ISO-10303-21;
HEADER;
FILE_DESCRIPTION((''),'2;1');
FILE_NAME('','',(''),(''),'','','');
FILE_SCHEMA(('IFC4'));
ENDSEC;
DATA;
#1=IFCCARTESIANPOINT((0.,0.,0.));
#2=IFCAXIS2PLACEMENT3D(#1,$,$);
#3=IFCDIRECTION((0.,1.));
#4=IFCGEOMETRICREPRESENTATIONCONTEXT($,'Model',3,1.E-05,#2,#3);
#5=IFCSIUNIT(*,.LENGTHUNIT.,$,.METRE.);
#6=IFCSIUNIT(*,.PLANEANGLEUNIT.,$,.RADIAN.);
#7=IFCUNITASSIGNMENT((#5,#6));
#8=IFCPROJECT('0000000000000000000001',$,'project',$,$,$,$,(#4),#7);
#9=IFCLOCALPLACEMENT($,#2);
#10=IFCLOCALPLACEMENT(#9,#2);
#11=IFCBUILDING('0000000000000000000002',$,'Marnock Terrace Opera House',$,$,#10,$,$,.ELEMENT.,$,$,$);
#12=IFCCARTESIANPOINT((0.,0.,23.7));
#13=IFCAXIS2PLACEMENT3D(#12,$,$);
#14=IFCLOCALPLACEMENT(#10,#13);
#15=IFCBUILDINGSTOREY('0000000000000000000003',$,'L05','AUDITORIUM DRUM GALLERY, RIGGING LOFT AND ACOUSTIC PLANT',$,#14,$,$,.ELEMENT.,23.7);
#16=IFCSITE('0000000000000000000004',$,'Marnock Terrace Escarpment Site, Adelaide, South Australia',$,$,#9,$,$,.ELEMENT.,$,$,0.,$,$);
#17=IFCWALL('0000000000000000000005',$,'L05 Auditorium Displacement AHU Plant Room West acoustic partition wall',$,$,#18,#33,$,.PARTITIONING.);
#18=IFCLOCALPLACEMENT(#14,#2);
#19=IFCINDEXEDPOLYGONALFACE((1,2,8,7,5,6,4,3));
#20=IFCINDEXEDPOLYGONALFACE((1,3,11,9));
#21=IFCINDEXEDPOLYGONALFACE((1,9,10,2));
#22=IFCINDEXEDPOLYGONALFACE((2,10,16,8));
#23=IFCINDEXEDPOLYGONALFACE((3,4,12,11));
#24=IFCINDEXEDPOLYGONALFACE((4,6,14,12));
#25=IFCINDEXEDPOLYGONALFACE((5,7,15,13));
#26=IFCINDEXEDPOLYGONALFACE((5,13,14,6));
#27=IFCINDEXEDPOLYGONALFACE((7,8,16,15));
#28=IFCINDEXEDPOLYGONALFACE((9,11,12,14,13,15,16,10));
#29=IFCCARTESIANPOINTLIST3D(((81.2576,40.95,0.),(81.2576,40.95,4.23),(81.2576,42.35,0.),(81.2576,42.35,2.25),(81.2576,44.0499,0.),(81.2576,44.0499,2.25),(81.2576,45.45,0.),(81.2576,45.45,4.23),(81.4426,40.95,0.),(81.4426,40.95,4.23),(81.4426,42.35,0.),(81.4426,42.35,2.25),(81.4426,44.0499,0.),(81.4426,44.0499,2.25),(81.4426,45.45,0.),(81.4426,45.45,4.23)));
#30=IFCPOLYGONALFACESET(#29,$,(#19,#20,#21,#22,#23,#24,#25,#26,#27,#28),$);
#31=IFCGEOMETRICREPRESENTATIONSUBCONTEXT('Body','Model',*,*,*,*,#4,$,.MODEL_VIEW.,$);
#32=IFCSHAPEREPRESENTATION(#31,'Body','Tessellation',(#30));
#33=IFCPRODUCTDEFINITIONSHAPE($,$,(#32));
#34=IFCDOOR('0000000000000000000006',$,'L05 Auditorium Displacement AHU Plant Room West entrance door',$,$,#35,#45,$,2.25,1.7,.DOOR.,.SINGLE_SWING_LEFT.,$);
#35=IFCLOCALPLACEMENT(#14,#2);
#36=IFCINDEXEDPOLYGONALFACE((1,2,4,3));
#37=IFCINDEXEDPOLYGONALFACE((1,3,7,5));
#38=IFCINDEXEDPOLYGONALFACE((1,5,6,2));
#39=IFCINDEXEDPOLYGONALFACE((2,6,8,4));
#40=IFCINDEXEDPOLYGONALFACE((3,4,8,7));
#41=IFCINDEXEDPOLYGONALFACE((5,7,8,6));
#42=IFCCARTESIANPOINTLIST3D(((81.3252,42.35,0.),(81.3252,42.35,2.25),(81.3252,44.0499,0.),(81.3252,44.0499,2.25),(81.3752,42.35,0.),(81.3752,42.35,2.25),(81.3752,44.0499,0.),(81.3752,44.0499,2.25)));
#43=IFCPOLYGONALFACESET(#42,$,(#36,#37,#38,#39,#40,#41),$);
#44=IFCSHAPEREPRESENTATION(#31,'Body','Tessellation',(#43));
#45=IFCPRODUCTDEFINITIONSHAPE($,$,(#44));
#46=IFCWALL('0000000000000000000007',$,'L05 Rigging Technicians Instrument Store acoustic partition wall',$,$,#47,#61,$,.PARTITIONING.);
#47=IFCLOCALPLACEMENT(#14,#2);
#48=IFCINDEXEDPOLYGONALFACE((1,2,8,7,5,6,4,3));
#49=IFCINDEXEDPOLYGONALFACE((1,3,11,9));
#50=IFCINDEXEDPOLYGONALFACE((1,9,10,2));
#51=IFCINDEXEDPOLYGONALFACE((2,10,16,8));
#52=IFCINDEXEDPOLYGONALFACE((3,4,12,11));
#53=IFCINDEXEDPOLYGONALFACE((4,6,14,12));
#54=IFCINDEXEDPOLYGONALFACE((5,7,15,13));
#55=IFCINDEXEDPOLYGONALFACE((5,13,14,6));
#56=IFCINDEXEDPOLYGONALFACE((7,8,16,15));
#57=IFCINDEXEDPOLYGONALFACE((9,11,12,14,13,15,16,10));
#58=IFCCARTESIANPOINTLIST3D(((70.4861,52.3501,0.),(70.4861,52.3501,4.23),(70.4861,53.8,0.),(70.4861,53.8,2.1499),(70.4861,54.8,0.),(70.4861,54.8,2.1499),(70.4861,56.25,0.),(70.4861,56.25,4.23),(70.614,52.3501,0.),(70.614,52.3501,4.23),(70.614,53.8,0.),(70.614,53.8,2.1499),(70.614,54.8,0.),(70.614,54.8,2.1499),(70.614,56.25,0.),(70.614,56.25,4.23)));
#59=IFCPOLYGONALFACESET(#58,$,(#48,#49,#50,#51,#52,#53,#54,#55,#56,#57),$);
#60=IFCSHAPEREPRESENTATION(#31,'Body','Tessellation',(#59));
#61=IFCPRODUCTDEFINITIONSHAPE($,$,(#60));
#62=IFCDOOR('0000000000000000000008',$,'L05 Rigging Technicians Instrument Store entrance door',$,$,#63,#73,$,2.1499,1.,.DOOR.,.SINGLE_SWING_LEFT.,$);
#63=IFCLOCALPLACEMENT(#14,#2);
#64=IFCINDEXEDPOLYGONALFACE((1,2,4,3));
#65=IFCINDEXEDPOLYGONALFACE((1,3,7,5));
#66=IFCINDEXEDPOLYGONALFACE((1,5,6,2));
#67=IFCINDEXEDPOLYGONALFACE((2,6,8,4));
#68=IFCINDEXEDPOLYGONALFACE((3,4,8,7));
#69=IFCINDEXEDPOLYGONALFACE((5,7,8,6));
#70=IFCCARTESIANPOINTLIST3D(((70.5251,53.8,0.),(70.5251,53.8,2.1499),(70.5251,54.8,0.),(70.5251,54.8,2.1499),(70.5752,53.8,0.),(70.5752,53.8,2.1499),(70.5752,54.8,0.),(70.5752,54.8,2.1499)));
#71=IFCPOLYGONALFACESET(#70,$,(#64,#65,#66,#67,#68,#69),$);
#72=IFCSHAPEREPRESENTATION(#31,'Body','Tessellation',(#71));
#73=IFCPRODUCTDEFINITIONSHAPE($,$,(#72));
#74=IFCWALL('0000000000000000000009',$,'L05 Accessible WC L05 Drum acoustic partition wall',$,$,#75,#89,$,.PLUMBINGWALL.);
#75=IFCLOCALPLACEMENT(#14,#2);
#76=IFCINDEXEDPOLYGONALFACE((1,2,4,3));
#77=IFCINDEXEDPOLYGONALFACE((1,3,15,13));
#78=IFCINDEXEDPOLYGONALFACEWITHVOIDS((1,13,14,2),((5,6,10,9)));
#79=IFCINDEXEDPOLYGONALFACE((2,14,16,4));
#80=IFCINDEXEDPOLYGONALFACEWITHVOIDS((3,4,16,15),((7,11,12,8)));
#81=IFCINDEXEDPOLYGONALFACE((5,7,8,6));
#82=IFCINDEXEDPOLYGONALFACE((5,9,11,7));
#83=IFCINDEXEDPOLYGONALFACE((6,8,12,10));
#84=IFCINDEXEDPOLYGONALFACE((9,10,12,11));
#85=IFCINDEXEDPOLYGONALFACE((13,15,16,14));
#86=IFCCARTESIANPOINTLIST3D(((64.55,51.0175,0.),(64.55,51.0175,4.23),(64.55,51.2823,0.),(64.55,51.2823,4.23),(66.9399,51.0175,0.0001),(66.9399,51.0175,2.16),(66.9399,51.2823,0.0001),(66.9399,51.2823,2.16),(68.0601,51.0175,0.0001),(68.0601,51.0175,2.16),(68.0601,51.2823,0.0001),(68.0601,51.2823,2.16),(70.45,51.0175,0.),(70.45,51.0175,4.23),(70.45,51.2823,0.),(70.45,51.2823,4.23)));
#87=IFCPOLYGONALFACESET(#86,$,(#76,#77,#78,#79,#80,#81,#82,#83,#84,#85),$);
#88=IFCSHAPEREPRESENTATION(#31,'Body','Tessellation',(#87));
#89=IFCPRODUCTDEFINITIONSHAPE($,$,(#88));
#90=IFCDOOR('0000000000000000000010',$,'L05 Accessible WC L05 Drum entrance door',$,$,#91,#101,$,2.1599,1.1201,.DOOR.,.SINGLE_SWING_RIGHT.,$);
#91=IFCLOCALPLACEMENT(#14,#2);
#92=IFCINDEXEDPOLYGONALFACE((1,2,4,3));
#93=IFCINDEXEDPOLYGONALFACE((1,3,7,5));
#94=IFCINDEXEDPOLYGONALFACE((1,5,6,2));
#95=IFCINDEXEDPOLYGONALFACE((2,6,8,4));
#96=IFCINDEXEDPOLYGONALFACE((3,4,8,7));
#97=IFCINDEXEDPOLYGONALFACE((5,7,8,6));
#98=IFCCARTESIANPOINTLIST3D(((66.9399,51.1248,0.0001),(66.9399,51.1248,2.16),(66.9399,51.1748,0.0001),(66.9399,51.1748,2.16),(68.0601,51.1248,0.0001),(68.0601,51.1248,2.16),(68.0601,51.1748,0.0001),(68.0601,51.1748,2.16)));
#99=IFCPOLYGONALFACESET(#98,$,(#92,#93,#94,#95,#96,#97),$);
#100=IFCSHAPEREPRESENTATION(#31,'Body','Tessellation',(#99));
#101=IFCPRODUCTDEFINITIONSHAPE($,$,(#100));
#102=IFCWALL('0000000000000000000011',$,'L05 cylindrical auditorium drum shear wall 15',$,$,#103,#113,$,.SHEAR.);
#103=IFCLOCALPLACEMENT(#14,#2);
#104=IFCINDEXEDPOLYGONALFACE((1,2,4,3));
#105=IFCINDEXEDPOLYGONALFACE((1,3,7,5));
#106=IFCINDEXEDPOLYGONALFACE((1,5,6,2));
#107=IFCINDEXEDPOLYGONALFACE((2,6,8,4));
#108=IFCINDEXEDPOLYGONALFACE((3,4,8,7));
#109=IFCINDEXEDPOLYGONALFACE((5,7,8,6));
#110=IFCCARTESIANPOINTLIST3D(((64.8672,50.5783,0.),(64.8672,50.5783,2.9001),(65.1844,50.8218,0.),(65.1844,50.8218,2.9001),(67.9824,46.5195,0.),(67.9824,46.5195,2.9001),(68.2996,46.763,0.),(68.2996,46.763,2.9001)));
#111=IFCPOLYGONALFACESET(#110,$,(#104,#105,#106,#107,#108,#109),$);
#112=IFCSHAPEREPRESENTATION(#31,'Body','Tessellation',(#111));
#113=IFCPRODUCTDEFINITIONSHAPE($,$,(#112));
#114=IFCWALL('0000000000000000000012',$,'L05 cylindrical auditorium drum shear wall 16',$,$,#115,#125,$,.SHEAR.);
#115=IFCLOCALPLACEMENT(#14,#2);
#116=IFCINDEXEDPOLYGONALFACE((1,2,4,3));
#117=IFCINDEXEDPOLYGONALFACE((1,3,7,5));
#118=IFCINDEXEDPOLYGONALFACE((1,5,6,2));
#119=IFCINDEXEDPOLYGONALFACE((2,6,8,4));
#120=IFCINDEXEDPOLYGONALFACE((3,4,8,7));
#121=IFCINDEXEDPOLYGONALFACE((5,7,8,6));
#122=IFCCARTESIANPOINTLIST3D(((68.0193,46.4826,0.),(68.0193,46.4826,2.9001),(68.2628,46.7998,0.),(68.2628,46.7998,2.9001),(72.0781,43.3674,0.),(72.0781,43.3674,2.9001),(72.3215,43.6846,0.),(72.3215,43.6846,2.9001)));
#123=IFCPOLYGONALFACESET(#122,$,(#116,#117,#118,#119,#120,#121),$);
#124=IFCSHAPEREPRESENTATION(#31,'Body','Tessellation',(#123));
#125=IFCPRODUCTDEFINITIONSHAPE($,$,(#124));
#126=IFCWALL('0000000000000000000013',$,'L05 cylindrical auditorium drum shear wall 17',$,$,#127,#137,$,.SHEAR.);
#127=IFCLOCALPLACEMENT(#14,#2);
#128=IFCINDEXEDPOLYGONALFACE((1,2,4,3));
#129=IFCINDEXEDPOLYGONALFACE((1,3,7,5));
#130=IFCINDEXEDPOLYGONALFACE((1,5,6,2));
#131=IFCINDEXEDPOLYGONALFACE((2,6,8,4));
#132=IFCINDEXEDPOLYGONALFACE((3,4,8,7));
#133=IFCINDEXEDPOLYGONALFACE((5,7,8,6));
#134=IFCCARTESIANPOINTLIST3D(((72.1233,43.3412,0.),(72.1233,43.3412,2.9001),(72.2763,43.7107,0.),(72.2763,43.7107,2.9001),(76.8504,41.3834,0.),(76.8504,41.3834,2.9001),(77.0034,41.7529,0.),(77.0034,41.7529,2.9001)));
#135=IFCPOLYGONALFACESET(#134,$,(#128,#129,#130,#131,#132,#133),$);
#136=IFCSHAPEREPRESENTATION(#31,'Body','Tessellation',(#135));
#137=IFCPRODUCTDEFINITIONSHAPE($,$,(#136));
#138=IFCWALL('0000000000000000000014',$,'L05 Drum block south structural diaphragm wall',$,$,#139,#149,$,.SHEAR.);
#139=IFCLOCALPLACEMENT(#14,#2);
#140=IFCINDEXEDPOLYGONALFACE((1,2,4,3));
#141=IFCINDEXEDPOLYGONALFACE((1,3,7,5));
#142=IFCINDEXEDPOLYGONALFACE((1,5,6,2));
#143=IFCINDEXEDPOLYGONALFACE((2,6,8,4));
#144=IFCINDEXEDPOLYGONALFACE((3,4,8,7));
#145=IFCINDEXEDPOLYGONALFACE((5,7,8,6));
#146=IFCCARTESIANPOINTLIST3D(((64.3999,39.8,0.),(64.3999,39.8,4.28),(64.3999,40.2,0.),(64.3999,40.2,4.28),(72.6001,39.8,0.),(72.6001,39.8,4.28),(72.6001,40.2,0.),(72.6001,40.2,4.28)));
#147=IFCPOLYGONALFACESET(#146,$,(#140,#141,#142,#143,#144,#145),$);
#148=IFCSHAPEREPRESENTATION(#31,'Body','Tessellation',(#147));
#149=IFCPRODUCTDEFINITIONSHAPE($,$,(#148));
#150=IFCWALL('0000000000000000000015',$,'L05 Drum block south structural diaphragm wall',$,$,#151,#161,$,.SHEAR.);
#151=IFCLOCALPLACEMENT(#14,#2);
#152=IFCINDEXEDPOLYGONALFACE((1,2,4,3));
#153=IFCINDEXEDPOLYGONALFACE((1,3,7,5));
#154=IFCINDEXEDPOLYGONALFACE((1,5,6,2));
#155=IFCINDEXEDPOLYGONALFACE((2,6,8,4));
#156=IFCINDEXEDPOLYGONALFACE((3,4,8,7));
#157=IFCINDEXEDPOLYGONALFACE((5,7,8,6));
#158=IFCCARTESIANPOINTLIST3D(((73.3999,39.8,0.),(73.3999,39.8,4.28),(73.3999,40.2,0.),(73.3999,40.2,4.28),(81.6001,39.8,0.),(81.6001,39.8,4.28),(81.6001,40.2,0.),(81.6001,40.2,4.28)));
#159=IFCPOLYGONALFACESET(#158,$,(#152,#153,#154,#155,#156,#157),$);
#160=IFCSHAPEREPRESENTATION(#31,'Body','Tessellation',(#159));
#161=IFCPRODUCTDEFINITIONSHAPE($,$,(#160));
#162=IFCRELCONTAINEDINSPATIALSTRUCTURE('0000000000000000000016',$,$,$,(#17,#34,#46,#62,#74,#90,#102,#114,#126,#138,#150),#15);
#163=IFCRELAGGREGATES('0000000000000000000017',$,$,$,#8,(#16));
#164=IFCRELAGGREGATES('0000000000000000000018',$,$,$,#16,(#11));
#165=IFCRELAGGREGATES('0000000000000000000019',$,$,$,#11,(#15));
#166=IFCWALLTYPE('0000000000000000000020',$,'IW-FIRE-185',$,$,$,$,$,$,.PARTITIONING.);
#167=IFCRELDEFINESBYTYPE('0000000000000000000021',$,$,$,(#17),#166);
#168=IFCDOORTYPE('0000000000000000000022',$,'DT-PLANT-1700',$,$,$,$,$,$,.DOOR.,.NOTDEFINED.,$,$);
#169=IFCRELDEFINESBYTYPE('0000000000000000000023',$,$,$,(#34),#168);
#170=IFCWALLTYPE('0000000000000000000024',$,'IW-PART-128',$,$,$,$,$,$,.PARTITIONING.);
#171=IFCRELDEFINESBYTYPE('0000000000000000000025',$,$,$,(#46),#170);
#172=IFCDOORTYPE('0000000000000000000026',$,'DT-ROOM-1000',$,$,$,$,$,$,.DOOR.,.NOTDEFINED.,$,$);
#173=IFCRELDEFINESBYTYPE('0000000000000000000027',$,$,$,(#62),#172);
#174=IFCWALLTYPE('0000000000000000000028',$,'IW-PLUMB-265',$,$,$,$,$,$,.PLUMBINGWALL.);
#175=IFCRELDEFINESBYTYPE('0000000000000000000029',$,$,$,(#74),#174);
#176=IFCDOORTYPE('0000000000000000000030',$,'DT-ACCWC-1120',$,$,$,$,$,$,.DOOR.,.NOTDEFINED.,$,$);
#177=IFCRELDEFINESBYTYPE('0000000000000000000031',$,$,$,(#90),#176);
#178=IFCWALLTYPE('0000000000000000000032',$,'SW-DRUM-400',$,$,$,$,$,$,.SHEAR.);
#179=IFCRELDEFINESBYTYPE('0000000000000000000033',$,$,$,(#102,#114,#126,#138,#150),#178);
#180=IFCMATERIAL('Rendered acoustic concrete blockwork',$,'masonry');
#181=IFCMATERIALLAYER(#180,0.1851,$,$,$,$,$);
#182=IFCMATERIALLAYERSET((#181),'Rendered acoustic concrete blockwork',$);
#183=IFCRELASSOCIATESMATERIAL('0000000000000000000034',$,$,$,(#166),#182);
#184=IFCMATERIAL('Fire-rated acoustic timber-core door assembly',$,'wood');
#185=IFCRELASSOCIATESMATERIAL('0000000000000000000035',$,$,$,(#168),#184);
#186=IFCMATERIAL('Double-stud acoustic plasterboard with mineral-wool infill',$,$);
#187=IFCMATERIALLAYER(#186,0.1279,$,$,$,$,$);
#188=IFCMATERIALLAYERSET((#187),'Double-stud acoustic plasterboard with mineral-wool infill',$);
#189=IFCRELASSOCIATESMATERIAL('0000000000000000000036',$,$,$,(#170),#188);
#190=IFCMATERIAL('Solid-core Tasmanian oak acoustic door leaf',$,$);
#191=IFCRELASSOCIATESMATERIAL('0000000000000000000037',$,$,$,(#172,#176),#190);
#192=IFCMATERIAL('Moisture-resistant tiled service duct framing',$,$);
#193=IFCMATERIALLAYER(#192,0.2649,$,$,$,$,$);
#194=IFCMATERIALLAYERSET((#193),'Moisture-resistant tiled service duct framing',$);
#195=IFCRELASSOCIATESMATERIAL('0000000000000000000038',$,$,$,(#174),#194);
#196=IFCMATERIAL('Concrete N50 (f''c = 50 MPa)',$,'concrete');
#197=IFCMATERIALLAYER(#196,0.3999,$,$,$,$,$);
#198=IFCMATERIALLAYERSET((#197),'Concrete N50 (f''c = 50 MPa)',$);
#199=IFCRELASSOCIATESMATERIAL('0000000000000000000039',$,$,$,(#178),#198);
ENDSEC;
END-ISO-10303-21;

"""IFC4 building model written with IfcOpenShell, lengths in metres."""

from ifc_helpers import new_model, si_unit, direction, frame, frame_2d, origin, place, context, subcontext, project, spatial, rectangle, extrude, material, layer, layer_set, type_object, element, fill, save


model = new_model("IFC4")

# Units and contexts
model_context = context("Model", 3, precision=1e-05, world=origin(), true_north=direction((0.0, 1.0)))
body_context = subcontext(model_context, "Body", "Model", "MODEL_VIEW")
ifc_project = project(units=[si_unit("LENGTHUNIT", "METRE"), si_unit("PLANEANGLEUNIT", "RADIAN")], contexts=[model_context])

# Site, building, storey
site_placement = place(None, origin())
site = spatial("IfcSite", under=ifc_project, at=site_placement, Name="Marnock Terrace Escarpment Site, Adelaide, South Australia", CompositionType="ELEMENT", RefElevation=0.0)
building_placement = place(site_placement, origin())
building = spatial("IfcBuilding", under=site, at=building_placement, Name="Marnock Terrace Opera House", CompositionType="ELEMENT")
storey_placement = place(building_placement, frame((0.0, 0.0, 23.7)))
storey = spatial("IfcBuildingStorey", under=building, at=storey_placement, Name="L05", Description="AUDITORIUM DRUM GALLERY, RIGGING LOFT AND ACOUSTIC PLANT", CompositionType="ELEMENT", Elevation=23.7)

# Shared definitions
ifc_material_1 = material(Name="Concrete N50 (f'c = 50 MPa)", Category="concrete")

# Walls, openings, doors
ifc_material_2 = material(Name="Rendered acoustic concrete blockwork", Category="masonry")
ifc_layer_1 = layer(ifc_material_2, 0.1851)
ifc_layer_set_1 = layer_set([ifc_layer_1], Name="Rendered acoustic concrete blockwork")
wall_type_1 = type_object("IfcWallType", Name="IW-FIRE-185", PredefinedType="PARTITIONING", material=ifc_layer_set_1)
wall_1_placement = place(storey_placement, frame((81.3501, 40.95, 0.0), z_axis=(0.0, 0.0, 1.0), x_axis=(0.0, 1.0, 0.0)))
wall_1 = element("IfcWall", 1, at=wall_1_placement, inside=storey, type_object=wall_type_1, Name="L05 Auditorium Displacement AHU Plant Room West acoustic partition wall", PredefinedType="PARTITIONING", context=body_context, shape_type="SweptSolid", body=[
    extrude(rectangle(XDim=4.5, YDim=0.1851, at=frame_2d((2.25, 0.0))), origin(), (0.0, 0.0, 1.0), 4.23),
])
opening_1_placement = place(wall_1_placement, frame((1.3999, 0.0, 0.0)))
opening_1 = element("IfcOpeningElement", 2, at=opening_1_placement, cuts=wall_1, PredefinedType="OPENING", context=body_context, shape_type="SweptSolid", body=[
    extrude(rectangle(XDim=1.7, YDim=2.25, at=frame_2d((0.8501, 1.125))), frame((0.0, 0.1025, 0.0), z_axis=(0.0, -1.0, 0.0), x_axis=(1.0, 0.0, 0.0)), (0.0, 0.0, 1.0), 0.2051),
])
ifc_material_3 = material(Name="Fire-rated acoustic timber-core door assembly", Category="wood")
door_type_1 = type_object("IfcDoorType", Name="DT-PLANT-1700", OperationType="NOTDEFINED", PredefinedType="DOOR", material=ifc_material_3)
door_1_placement = place(opening_1_placement, origin())
door_1 = element("IfcDoor", 3, at=door_1_placement, inside=storey, type_object=door_type_1, Name="L05 Auditorium Displacement AHU Plant Room West entrance door", OperationType="SINGLE_SWING_LEFT", OverallHeight=2.25, OverallWidth=1.7, PredefinedType="DOOR", context=body_context, shape_type="SweptSolid", body=[
    extrude(rectangle(XDim=1.7, YDim=2.25, at=frame_2d((0.8501, 1.125))), frame((0.0, 0.0249, 0.0), z_axis=(0.0, -1.0, 0.0), x_axis=(1.0, 0.0, 0.0)), (0.0, 0.0, 1.0), 0.05),
])
fill(opening_1, door_1)
ifc_material_4 = material(Name="Double-stud acoustic plasterboard with mineral-wool infill")
ifc_layer_2 = layer(ifc_material_4, 0.1279)
ifc_layer_set_2 = layer_set([ifc_layer_2], Name="Double-stud acoustic plasterboard with mineral-wool infill")
wall_type_2 = type_object("IfcWallType", Name="IW-PART-128", PredefinedType="PARTITIONING", material=ifc_layer_set_2)
wall_2_placement = place(storey_placement, frame((70.55, 52.3501, 0.0), z_axis=(0.0, 0.0, 1.0), x_axis=(0.0, 1.0, 0.0)))
wall_2 = element("IfcWall", 4, at=wall_2_placement, inside=storey, type_object=wall_type_2, Name="L05 Rigging Technicians Instrument Store acoustic partition wall", PredefinedType="PARTITIONING", context=body_context, shape_type="SweptSolid", body=[
    extrude(rectangle(XDim=3.8999, YDim=0.1279, at=frame_2d((1.95, 0.0))), origin(), (0.0, 0.0, 1.0), 4.23),
])
opening_2_placement = place(wall_2_placement, frame((1.45, 0.0, 0.0)))
opening_2 = element("IfcOpeningElement", 5, at=opening_2_placement, cuts=wall_2, PredefinedType="OPENING", context=body_context, shape_type="SweptSolid", body=[
    extrude(rectangle(XDim=1.0, YDim=2.1499, at=frame_2d((0.5, 1.075))), frame((0.0, 0.074, 0.0), z_axis=(0.0, -1.0, 0.0), x_axis=(1.0, 0.0, 0.0)), (0.0, 0.0, 1.0), 0.1479),
])
ifc_material_5 = material(Name="Solid-core Tasmanian oak acoustic door leaf")
door_type_2 = type_object("IfcDoorType", Name="DT-ROOM-1000", OperationType="NOTDEFINED", PredefinedType="DOOR", material=ifc_material_5)
door_2_placement = place(opening_2_placement, origin())
door_2 = element("IfcDoor", 6, at=door_2_placement, inside=storey, type_object=door_type_2, Name="L05 Rigging Technicians Instrument Store entrance door", OperationType="SINGLE_SWING_LEFT", OverallHeight=2.1499, OverallWidth=1.0, PredefinedType="DOOR", context=body_context, shape_type="SweptSolid", body=[
    extrude(rectangle(XDim=1.0, YDim=2.1499, at=frame_2d((0.5, 1.075))), frame((0.0, 0.0249, 0.0), z_axis=(0.0, -1.0, 0.0), x_axis=(1.0, 0.0, 0.0)), (0.0, 0.0, 1.0), 0.05),
])
fill(opening_2, door_2)
ifc_material_6 = material(Name="Moisture-resistant tiled service duct framing")
ifc_layer_3 = layer(ifc_material_6, 0.2649)
ifc_layer_set_3 = layer_set([ifc_layer_3], Name="Moisture-resistant tiled service duct framing")
wall_type_3 = type_object("IfcWallType", Name="IW-PLUMB-265", PredefinedType="PLUMBINGWALL", material=ifc_layer_set_3)
wall_3_placement = place(storey_placement, frame((64.55, 51.1499, 0.0), z_axis=(0.0, 0.0, 1.0), x_axis=(1.0, 0.0, 0.0)))
wall_3 = element("IfcWall", 7, at=wall_3_placement, inside=storey, type_object=wall_type_3, Name="L05 Accessible WC L05 Drum acoustic partition wall", PredefinedType="PLUMBINGWALL", context=body_context, shape_type="SweptSolid", body=[
    extrude(rectangle(XDim=5.8999, YDim=0.2649, at=frame_2d((2.95, 0.0))), origin(), (0.0, 0.0, 1.0), 4.23),
])
opening_3_placement = place(wall_3_placement, frame((2.3899, 0.0, 0.0)))
opening_3 = element("IfcOpeningElement", 8, at=opening_3_placement, cuts=wall_3, PredefinedType="OPENING", context=body_context, shape_type="SweptSolid", body=[
    extrude(rectangle(XDim=1.1201, YDim=2.1599, at=frame_2d((0.5601, 1.0801))), frame((0.0, 0.1423, 0.0), z_axis=(0.0, -1.0, 0.0), x_axis=(1.0, 0.0, 0.0)), (0.0, 0.0, 1.0), 0.2849),
])
door_type_3 = type_object("IfcDoorType", Name="DT-ACCWC-1120", OperationType="NOTDEFINED", PredefinedType="DOOR", material=ifc_material_5)
door_3_placement = place(opening_3_placement, origin())
door_3 = element("IfcDoor", 9, at=door_3_placement, inside=storey, type_object=door_type_3, Name="L05 Accessible WC L05 Drum entrance door", OperationType="SINGLE_SWING_RIGHT", OverallHeight=2.1599, OverallWidth=1.1201, PredefinedType="DOOR", context=body_context, shape_type="SweptSolid", body=[
    extrude(rectangle(XDim=1.1201, YDim=2.1599, at=frame_2d((0.5601, 1.0801))), frame((0.0, 0.0249, 0.0), z_axis=(0.0, -1.0, 0.0), x_axis=(1.0, 0.0, 0.0)), (0.0, 0.0, 1.0), 0.05),
])
fill(opening_3, door_3)

# Walls
ifc_layer_4 = layer(ifc_material_1, 0.3999)
ifc_layer_set_4 = layer_set([ifc_layer_4], Name="Concrete N50 (f'c = 50 MPa)")
wall_type_4 = type_object("IfcWallType", Name="SW-DRUM-400", PredefinedType="SHEAR", material=ifc_layer_set_4)
for number, where, z_axis, x_axis, name in (
    (10, (65.0259, 50.7, 0.0), (0.0, 0.0, 1.0), (0.608857, -0.79328, 0.0), "L05 cylindrical auditorium drum shear wall 15"),
    (11, (68.1411, 46.6411, 0.0), (0.0, 0.0, 1.0), (0.79328, -0.608857, 0.0), "L05 cylindrical auditorium drum shear wall 16"),
    (12, (72.2, 43.5259, 0.0), (0.0, 0.0, 1.0), (0.923896, -0.382643, 0.0), "L05 cylindrical auditorium drum shear wall 17"),
):
    element("IfcWall", number, at=place(storey_placement, frame(where, z_axis=z_axis, x_axis=x_axis)), inside=storey, type_object=wall_type_4, Name=name, PredefinedType="SHEAR", context=body_context, shape_type="SweptSolid", body=[
        extrude(rectangle(XDim=5.1165, YDim=0.3999, at=frame_2d((2.5581, 0.0))), origin(), (0.0, 0.0, 1.0), 2.9001),
    ])

# Walls
for number, where, z_axis, x_axis, name in (
    (13, (64.3999, 40.0, 0.0), (0.0, 0.0, 1.0), (1.0, 0.0, 0.0), "L05 Drum block south structural diaphragm wall"),
    (14, (73.3999, 40.0, 0.0), (0.0, 0.0, 1.0), (1.0, 0.0, 0.0), "L05 Drum block south structural diaphragm wall"),
):
    element("IfcWall", number, at=place(storey_placement, frame(where, z_axis=z_axis, x_axis=x_axis)), inside=storey, type_object=wall_type_4, Name=name, PredefinedType="SHEAR", context=body_context, shape_type="SweptSolid", body=[
        extrude(rectangle(XDim=8.2002, YDim=0.3999, at=frame_2d((4.1001, 0.0))), origin(), (0.0, 0.0, 1.0), 4.28),
    ])

save(model, "model.ifc")
